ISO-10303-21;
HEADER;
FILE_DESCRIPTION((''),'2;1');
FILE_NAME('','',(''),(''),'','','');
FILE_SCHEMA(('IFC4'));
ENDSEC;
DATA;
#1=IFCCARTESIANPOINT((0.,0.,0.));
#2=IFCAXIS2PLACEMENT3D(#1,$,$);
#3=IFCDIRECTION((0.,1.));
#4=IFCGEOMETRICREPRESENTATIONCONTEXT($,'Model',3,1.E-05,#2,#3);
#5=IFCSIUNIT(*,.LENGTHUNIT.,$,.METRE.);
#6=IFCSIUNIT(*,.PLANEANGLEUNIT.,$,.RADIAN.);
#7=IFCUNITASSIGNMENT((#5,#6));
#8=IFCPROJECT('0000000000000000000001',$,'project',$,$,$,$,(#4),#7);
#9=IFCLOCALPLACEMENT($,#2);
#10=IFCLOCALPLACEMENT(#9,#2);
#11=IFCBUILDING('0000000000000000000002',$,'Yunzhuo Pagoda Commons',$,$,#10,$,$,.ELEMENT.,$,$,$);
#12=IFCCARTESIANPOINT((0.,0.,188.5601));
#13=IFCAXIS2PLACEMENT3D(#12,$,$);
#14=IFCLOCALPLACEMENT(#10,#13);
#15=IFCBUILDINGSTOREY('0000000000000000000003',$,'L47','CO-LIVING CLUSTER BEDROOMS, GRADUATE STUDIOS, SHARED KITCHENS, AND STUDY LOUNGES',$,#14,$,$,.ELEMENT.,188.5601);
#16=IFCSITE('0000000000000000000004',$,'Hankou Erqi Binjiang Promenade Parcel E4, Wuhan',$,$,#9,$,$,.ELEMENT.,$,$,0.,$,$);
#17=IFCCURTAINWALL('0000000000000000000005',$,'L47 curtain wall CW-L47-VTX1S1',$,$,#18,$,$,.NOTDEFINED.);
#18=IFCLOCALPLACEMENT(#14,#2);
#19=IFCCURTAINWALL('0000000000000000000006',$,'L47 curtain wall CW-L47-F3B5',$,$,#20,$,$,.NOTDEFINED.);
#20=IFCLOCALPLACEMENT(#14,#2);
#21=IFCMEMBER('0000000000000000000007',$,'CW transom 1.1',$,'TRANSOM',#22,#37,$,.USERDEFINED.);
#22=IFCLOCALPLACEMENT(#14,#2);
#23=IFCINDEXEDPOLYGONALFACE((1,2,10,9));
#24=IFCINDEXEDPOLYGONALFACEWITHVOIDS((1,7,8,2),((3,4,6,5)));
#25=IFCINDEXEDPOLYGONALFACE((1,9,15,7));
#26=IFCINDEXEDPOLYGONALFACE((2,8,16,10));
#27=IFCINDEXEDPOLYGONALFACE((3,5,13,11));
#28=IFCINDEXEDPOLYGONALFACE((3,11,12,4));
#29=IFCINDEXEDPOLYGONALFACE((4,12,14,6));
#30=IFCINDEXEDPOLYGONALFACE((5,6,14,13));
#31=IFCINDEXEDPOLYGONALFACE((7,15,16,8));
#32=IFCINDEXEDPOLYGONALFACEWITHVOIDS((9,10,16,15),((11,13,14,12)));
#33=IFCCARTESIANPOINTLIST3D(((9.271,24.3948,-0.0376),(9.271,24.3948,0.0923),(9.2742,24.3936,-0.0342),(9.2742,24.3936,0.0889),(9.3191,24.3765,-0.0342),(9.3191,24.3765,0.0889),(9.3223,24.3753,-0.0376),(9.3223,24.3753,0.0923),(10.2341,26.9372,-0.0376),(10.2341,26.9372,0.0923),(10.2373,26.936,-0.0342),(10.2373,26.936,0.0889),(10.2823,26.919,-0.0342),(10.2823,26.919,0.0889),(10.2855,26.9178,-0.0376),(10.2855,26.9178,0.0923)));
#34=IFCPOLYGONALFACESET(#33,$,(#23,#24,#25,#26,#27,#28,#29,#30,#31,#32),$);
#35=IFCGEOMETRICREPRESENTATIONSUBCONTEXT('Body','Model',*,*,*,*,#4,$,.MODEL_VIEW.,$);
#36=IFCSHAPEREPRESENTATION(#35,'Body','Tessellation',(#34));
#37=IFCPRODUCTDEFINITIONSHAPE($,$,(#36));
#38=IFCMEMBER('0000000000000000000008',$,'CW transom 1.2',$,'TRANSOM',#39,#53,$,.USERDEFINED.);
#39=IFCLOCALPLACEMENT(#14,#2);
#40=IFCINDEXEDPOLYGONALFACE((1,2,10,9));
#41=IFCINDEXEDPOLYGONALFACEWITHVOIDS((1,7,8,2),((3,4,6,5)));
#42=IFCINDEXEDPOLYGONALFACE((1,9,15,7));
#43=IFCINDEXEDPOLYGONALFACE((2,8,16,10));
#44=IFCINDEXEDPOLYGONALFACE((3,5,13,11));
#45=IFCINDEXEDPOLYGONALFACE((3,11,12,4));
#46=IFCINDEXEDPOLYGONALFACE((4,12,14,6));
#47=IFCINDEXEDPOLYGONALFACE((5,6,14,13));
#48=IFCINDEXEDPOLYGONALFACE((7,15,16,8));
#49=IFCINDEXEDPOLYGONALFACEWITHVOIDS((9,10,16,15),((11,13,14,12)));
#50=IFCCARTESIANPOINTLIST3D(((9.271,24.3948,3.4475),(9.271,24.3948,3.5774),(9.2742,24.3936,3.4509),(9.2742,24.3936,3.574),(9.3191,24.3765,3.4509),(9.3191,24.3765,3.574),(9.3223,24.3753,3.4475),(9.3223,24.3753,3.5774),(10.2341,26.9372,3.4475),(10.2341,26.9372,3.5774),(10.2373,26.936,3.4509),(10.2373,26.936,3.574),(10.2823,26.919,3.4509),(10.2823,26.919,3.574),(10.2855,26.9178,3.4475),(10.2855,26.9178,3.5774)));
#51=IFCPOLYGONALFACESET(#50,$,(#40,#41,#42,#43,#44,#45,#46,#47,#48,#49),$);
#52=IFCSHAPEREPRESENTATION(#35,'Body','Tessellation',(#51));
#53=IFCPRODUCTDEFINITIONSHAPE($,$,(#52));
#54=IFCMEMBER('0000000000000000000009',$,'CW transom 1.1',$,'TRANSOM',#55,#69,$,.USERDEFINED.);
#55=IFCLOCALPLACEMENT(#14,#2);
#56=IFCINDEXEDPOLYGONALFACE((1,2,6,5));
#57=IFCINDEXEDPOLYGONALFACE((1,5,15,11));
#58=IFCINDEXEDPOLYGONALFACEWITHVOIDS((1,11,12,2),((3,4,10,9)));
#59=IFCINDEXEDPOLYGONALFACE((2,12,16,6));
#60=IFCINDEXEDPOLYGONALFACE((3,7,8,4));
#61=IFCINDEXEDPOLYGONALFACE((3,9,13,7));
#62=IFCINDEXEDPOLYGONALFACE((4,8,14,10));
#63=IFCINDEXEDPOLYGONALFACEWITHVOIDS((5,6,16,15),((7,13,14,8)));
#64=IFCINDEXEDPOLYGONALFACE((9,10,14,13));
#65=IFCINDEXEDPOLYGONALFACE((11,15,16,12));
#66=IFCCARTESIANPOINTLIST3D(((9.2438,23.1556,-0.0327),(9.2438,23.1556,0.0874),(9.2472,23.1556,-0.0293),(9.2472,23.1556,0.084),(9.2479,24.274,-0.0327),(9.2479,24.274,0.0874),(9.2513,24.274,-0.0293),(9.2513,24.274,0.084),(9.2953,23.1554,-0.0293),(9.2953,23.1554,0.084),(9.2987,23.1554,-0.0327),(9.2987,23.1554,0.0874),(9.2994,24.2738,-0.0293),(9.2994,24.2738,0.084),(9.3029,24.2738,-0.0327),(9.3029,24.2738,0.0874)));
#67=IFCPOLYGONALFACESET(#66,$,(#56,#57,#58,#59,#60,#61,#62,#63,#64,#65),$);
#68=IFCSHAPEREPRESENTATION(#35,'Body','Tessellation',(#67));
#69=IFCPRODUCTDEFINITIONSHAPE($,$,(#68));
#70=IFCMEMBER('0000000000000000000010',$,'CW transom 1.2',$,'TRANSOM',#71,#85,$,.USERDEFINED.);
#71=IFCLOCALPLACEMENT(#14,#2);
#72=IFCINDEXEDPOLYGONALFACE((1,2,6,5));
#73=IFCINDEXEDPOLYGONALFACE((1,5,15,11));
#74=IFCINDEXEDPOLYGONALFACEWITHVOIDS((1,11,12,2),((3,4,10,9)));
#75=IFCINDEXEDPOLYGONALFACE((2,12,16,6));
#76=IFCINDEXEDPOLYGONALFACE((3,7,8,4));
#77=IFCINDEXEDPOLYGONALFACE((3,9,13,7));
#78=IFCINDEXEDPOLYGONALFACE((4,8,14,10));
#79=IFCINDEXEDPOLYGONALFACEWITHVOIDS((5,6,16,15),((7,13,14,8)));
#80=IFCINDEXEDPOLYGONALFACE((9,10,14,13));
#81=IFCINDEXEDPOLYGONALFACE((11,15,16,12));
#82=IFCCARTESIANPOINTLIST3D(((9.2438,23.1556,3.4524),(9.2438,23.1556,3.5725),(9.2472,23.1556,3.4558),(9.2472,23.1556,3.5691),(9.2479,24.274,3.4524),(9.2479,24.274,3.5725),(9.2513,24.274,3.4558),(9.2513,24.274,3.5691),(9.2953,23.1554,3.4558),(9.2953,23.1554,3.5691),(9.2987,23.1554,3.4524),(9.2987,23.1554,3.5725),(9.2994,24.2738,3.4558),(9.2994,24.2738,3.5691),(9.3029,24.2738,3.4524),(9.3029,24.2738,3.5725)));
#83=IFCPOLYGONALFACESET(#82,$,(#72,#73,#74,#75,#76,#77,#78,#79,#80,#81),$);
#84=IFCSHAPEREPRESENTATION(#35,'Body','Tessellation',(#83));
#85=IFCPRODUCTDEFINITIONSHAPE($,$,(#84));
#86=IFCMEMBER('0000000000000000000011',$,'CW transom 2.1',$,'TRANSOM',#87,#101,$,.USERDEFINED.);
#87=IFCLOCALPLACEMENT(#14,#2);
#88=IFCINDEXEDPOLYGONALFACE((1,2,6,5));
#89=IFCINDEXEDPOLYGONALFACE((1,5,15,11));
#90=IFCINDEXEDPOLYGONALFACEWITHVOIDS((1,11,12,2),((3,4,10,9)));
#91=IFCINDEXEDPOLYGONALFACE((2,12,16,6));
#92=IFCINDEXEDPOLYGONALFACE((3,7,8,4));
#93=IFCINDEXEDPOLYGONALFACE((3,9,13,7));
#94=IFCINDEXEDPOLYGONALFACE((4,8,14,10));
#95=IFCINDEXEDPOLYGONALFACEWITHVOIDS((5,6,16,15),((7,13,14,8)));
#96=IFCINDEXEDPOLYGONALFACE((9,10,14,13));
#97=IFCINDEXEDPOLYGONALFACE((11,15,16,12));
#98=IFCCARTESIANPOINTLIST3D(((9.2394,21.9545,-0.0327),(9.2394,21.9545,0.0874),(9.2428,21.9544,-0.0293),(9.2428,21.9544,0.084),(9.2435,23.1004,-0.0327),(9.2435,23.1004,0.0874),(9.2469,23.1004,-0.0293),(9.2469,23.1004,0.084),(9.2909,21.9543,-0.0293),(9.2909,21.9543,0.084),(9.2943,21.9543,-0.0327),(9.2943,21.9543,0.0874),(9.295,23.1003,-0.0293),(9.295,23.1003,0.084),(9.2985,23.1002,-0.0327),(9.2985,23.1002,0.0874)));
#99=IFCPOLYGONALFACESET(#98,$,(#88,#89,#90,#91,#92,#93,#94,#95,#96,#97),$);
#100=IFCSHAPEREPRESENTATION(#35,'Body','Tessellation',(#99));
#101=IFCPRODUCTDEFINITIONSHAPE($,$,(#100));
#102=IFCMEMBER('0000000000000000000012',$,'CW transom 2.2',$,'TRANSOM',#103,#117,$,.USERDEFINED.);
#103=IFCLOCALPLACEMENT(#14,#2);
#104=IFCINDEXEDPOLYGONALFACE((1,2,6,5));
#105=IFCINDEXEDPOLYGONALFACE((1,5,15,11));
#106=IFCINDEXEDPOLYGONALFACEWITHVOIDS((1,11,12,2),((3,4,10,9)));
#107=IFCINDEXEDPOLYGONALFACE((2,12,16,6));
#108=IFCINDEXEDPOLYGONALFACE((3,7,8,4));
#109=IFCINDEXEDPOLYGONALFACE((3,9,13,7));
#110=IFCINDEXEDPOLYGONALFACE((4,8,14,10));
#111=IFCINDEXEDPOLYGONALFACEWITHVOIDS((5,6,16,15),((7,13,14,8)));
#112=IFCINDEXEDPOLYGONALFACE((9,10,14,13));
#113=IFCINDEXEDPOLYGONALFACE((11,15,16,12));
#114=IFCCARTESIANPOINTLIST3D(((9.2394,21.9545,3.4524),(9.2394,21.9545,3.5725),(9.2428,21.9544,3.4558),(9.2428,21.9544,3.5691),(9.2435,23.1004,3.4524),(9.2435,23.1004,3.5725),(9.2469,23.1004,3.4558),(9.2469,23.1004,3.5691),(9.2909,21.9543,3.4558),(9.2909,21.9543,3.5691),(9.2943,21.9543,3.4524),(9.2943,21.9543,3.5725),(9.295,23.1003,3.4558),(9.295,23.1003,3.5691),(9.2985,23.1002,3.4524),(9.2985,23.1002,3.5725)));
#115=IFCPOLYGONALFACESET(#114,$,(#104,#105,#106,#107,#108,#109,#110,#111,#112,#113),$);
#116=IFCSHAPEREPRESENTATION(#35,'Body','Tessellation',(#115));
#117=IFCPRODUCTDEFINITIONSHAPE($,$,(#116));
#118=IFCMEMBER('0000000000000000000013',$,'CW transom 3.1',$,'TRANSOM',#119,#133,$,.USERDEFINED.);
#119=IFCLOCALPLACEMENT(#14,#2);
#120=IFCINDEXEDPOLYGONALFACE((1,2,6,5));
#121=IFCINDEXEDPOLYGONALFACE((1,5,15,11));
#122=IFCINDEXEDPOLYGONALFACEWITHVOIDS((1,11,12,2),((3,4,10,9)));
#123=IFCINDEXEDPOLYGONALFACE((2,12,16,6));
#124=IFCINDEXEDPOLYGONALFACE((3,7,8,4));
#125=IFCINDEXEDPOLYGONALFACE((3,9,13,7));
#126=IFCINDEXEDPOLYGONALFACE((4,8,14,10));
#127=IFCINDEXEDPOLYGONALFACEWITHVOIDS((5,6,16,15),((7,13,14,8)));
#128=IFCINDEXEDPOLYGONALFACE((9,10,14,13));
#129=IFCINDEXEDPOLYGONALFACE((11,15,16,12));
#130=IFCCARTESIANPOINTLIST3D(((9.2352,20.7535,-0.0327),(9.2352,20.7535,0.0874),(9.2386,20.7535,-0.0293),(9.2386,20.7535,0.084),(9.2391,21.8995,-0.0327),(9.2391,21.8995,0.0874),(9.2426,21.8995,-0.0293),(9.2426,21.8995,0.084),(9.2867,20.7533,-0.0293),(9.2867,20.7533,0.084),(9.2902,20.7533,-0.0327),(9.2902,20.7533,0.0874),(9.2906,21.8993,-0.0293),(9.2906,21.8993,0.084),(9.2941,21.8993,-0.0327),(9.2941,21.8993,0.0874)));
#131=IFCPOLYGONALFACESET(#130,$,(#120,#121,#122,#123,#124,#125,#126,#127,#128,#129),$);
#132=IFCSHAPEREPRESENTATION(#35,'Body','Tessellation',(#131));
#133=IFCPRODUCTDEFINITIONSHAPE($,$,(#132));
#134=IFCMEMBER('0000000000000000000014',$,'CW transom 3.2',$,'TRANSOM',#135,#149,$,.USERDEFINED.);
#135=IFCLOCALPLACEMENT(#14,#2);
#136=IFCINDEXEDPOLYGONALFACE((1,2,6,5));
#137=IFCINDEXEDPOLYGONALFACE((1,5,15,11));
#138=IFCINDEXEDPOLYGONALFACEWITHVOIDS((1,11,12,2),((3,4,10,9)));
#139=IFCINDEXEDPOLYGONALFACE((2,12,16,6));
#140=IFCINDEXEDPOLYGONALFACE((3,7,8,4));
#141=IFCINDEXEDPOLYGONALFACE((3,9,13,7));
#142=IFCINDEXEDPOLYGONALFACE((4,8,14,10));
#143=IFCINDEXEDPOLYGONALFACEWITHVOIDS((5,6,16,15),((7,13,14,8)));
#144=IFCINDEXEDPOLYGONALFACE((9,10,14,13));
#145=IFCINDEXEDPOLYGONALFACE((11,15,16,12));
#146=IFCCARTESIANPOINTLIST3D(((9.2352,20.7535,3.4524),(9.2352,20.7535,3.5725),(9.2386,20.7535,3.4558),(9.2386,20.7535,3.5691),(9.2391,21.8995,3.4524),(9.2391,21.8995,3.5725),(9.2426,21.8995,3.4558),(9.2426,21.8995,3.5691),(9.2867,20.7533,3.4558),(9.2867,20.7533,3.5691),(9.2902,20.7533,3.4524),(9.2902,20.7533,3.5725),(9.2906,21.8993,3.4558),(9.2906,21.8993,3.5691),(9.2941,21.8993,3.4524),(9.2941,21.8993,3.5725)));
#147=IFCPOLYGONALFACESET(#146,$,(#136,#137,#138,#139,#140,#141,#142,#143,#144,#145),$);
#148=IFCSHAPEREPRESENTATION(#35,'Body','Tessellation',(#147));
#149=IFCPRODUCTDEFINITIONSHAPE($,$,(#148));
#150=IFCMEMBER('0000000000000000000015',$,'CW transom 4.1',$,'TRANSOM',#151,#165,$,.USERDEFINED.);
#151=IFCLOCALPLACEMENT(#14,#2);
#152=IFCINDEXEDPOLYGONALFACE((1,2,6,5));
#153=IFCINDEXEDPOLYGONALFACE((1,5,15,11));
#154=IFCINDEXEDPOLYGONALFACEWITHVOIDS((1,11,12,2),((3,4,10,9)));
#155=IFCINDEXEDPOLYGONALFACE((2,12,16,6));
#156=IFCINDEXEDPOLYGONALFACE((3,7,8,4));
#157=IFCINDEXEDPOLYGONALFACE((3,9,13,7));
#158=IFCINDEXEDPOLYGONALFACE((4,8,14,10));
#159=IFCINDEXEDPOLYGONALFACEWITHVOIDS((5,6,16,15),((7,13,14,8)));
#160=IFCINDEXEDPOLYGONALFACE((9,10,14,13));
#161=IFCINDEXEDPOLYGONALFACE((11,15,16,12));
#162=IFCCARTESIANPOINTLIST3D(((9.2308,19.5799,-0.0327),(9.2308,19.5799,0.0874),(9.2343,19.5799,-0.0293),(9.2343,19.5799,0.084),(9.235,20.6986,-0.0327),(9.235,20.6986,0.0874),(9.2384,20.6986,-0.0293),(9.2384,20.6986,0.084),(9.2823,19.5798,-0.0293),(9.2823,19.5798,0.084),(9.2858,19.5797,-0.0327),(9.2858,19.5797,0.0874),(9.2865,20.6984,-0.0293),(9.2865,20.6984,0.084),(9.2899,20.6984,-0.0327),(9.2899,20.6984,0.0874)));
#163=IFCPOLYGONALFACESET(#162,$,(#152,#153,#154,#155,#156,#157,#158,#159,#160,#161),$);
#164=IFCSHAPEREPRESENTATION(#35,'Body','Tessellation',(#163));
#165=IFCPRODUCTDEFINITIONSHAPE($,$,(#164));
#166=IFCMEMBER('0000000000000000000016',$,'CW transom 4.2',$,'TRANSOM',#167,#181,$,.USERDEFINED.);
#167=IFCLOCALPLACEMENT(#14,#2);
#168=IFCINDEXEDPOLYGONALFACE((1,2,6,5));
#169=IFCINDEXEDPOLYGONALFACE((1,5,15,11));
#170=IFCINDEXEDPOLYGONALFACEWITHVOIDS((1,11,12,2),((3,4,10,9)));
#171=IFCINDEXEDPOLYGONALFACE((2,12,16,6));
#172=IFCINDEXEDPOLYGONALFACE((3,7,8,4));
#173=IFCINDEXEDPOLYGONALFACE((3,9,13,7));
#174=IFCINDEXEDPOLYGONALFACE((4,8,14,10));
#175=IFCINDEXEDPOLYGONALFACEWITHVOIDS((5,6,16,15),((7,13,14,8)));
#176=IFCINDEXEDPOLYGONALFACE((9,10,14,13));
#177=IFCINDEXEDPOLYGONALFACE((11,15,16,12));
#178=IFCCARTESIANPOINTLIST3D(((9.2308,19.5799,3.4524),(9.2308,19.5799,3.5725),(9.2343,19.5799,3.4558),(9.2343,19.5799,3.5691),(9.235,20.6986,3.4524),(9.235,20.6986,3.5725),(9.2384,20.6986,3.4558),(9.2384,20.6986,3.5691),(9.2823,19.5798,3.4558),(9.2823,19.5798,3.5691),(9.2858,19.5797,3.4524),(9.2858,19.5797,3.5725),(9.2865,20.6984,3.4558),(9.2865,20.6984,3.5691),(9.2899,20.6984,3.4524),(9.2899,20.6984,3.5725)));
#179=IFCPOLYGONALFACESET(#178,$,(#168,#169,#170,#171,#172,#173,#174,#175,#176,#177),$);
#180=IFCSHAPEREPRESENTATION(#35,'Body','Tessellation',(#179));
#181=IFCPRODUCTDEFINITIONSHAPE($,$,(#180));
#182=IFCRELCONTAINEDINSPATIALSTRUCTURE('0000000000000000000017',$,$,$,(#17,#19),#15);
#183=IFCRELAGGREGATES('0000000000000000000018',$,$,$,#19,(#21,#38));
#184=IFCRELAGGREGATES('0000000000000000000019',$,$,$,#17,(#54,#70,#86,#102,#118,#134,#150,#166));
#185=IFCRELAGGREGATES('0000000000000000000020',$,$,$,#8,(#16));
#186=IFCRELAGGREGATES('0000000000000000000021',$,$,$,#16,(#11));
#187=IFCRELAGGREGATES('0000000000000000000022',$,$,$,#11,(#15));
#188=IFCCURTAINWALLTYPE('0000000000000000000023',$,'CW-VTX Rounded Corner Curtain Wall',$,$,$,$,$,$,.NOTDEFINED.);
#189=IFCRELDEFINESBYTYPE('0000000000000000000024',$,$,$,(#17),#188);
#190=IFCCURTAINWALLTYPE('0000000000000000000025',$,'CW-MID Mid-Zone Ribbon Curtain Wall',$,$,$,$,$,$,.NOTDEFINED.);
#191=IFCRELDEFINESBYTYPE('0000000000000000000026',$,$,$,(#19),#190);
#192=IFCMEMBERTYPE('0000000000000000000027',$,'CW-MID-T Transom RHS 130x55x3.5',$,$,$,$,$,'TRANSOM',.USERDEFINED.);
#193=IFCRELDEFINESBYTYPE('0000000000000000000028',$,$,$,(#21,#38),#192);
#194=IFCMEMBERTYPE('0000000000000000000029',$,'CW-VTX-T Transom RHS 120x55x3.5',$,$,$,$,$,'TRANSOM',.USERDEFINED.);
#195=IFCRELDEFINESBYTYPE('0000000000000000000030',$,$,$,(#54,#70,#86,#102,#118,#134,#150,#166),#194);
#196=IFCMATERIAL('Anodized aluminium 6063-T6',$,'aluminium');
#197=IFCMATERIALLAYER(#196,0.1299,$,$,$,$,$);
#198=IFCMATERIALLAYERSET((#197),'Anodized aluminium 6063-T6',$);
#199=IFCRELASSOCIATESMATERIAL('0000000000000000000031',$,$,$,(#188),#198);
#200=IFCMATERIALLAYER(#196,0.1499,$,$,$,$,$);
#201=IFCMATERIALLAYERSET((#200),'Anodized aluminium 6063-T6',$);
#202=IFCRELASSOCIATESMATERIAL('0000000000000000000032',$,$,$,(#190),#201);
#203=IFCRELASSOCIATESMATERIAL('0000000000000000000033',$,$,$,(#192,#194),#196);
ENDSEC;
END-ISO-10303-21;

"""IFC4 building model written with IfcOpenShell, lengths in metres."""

from ifc_helpers import new_model, si_unit, direction, frame, origin, origin_2d, place, context, subcontext, project, spatial, hollow_rectangle, extrude, source, transform, mapped, material, layer, layer_set, material_profile, profile_set, type_object, element, aggregate, save


model = new_model("IFC4")

# Units and contexts
model_context = context("Model", 3, precision=1e-05, world=origin(), true_north=direction((0.0, 1.0)))
body_context = subcontext(model_context, "Body", "Model", "MODEL_VIEW")
ifc_project = project(units=[si_unit("LENGTHUNIT", "METRE"), si_unit("PLANEANGLEUNIT", "RADIAN")], contexts=[model_context])

# Site, building, storey
site_placement = place(None, origin())
site = spatial("IfcSite", under=ifc_project, at=site_placement, Name="Hankou Erqi Binjiang Promenade Parcel E4, Wuhan", CompositionType="ELEMENT", RefElevation=0.0)
building_placement = place(site_placement, origin())
building = spatial("IfcBuilding", under=site, at=building_placement, Name="Yunzhuo Pagoda Commons", CompositionType="ELEMENT")
storey_placement = place(building_placement, frame((0.0, 0.0, 188.5601)))
storey = spatial("IfcBuildingStorey", under=building, at=storey_placement, Name="L47", Description="CO-LIVING CLUSTER BEDROOMS, GRADUATE STUDIOS, SHARED KITCHENS, AND STUDY LOUNGES", CompositionType="ELEMENT", Elevation=188.5601)

# Curtain wall
ifc_material_1 = material(Name="Anodized aluminium 6063-T6", Category="aluminium")
ifc_layer_1 = layer(ifc_material_1, 0.1299)
ifc_layer_set_1 = layer_set([ifc_layer_1], Name="Anodized aluminium 6063-T6")
curtain_wall_type_1 = type_object("IfcCurtainWallType", Name="CW-VTX Rounded Corner Curtain Wall", PredefinedType="NOTDEFINED", material=ifc_layer_set_1)
curtain_wall_1_placement = place(storey_placement, origin())
curtain_wall_1 = element("IfcCurtainWall", 1, at=curtain_wall_1_placement, inside=storey, type_object=curtain_wall_type_1, Name="L47 curtain wall CW-L47-VTX1S1", PredefinedType="NOTDEFINED")

# Shared definitions
ifc_layer_2 = layer(ifc_material_1, 0.1499)
ifc_layer_set_2 = layer_set([ifc_layer_2], Name="Anodized aluminium 6063-T6")
curtain_wall_type_2 = type_object("IfcCurtainWallType", Name="CW-MID Mid-Zone Ribbon Curtain Wall", PredefinedType="NOTDEFINED", material=ifc_layer_set_2)

# Curtain wall, members
curtain_wall_2_placement = place(storey_placement, origin())
curtain_wall_2 = element("IfcCurtainWall", 2, at=curtain_wall_2_placement, inside=storey, type_object=curtain_wall_type_2, Name="L47 curtain wall CW-L47-F3B5", PredefinedType="NOTDEFINED")
ifc_material_profile_1 = material_profile(ifc_material_1, hollow_rectangle(XDim=0.0549, YDim=0.1299, WallThickness=0.0034, at=origin_2d()), Name="Anodized aluminium 6063-T6")
ifc_profile_set_1 = profile_set([ifc_material_profile_1], Name="Anodized aluminium 6063-T6")
member_type_1 = type_object("IfcMemberType", Name="CW-MID-T Transom RHS 130x55x3.5", ElementType="TRANSOM", PredefinedType="USERDEFINED", material=ifc_profile_set_1)
shared_shape_1 = source(origin(), body_context, "Body", "SweptSolid", [
    extrude(hollow_rectangle(XDim=0.0549, YDim=0.1299, WallThickness=0.0034, at=origin_2d()), origin(), (0.0, 0.0, 1.0), 2.7188),
])
member_1_placement = place(storey_placement, frame((10.2598, 26.9275, 0.0273), z_axis=(-0.354251, -0.93515, 0.0), x_axis=(0.93515, -0.354251, 0.0)))
member_1 = element("IfcMember", 3, at=member_1_placement, type_object=member_type_1, Name="CW transom 1.1", ObjectType="TRANSOM", PredefinedType="USERDEFINED", context=body_context, shape_type="MappedRepresentation", body=[
    mapped(shared_shape_1, transform((0.0, 0.0, 0.0), scale=1.0)),
])
member_2_placement = place(storey_placement, frame((10.2598, 26.9275, 3.5125), z_axis=(-0.354251, -0.93515, 0.0), x_axis=(0.93515, -0.354251, 0.0)))
member_2 = element("IfcMember", 4, at=member_2_placement, type_object=member_type_1, Name="CW transom 1.2", ObjectType="TRANSOM", PredefinedType="USERDEFINED", context=body_context, shape_type="MappedRepresentation", body=[
    mapped(shared_shape_1, transform((0.0, 0.0, 0.0), scale=1.0)),
])

# Members
ifc_material_profile_2 = material_profile(ifc_material_1, hollow_rectangle(XDim=0.0549, YDim=0.1201, WallThickness=0.0034, at=origin_2d()), Name="Anodized aluminium 6063-T6")
ifc_profile_set_2 = profile_set([ifc_material_profile_2], Name="Anodized aluminium 6063-T6")
member_type_2 = type_object("IfcMemberType", Name="CW-VTX-T Transom RHS 120x55x3.5", ElementType="TRANSOM", PredefinedType="USERDEFINED", material=ifc_profile_set_2)
shared_shape_2 = source(origin(), body_context, "Body", "SweptSolid", [
    extrude(hollow_rectangle(XDim=0.0549, YDim=0.1201, WallThickness=0.0034, at=origin_2d()), origin(), (0.0, 0.0, 1.0), 1.1184),
])
member_3_placement = place(storey_placement, frame((9.2754, 24.2739, 0.0273), z_axis=(-0.003711, -0.999993, 0.0), x_axis=(0.999993, -0.003711, 0.0)))
member_3 = element("IfcMember", 5, at=member_3_placement, type_object=member_type_2, Name="CW transom 1.1", ObjectType="TRANSOM", PredefinedType="USERDEFINED", context=body_context, shape_type="MappedRepresentation", body=[
    mapped(shared_shape_2, transform((0.0, 0.0, 0.0), scale=1.0)),
])
member_4_placement = place(storey_placement, frame((9.2754, 24.2739, 3.5125), z_axis=(-0.003711, -0.999993, 0.0), x_axis=(0.999993, -0.003711, 0.0)))
member_4 = element("IfcMember", 6, at=member_4_placement, type_object=member_type_2, Name="CW transom 1.2", ObjectType="TRANSOM", PredefinedType="USERDEFINED", context=body_context, shape_type="MappedRepresentation", body=[
    mapped(shared_shape_2, transform((0.0, 0.0, 0.0), scale=1.0)),
])
shared_shape_3 = source(origin(), body_context, "Body", "SweptSolid", [
    extrude(hollow_rectangle(XDim=0.0549, YDim=0.1201, WallThickness=0.0034, at=origin_2d()), origin(), (0.0, 0.0, 1.0), 1.146),
])
member_5_placement = place(storey_placement, frame((9.271, 23.1003, 0.0273), z_axis=(-0.003622, -0.999993, 0.0), x_axis=(0.999993, -0.003622, 0.0)))
member_5 = element("IfcMember", 7, at=member_5_placement, type_object=member_type_2, Name="CW transom 2.1", ObjectType="TRANSOM", PredefinedType="USERDEFINED", context=body_context, shape_type="MappedRepresentation", body=[
    mapped(shared_shape_3, transform((0.0, 0.0, 0.0), scale=1.0)),
])
member_6_placement = place(storey_placement, frame((9.271, 23.1003, 3.5125), z_axis=(-0.003622, -0.999993, 0.0), x_axis=(0.999993, -0.003622, 0.0)))
member_6 = element("IfcMember", 8, at=member_6_placement, type_object=member_type_2, Name="CW transom 2.2", ObjectType="TRANSOM", PredefinedType="USERDEFINED", context=body_context, shape_type="MappedRepresentation", body=[
    mapped(shared_shape_3, transform((0.0, 0.0, 0.0), scale=1.0)),
])
member_7_placement = place(storey_placement, frame((9.2666, 21.8994, 0.0273), z_axis=(-0.003409, -0.999994, 0.0), x_axis=(0.999994, -0.003409, 0.0)))
member_7 = element("IfcMember", 9, at=member_7_placement, type_object=member_type_2, Name="CW transom 3.1", ObjectType="TRANSOM", PredefinedType="USERDEFINED", context=body_context, shape_type="MappedRepresentation", body=[
    mapped(shared_shape_3, transform((0.0, 0.0, 0.0), scale=1.0)),
])
member_8_placement = place(storey_placement, frame((9.2666, 21.8994, 3.5125), z_axis=(-0.003409, -0.999994, 0.0), x_axis=(0.999994, -0.003409, 0.0)))
member_8 = element("IfcMember", 10, at=member_8_placement, type_object=member_type_2, Name="CW transom 3.2", ObjectType="TRANSOM", PredefinedType="USERDEFINED", context=body_context, shape_type="MappedRepresentation", body=[
    mapped(shared_shape_3, transform((0.0, 0.0, 0.0), scale=1.0)),
])
shared_shape_4 = source(origin(), body_context, "Body", "SweptSolid", [
    extrude(hollow_rectangle(XDim=0.0549, YDim=0.1201, WallThickness=0.0034, at=origin_2d()), origin(), (0.0, 0.0, 1.0), 1.1187),
])
member_9_placement = place(storey_placement, frame((9.2625, 20.6985, 0.0273), z_axis=(-0.00371, -0.999993, 0.0), x_axis=(0.999993, -0.00371, 0.0)))
member_9 = element("IfcMember", 11, at=member_9_placement, type_object=member_type_2, Name="CW transom 4.1", ObjectType="TRANSOM", PredefinedType="USERDEFINED", context=body_context, shape_type="MappedRepresentation", body=[
    mapped(shared_shape_4, transform((0.0, 0.0, 0.0), scale=1.0)),
])
member_10_placement = place(storey_placement, frame((9.2625, 20.6985, 3.5125), z_axis=(-0.00371, -0.999993, 0.0), x_axis=(0.999993, -0.00371, 0.0)))
member_10 = element("IfcMember", 12, at=member_10_placement, type_object=member_type_2, Name="CW transom 4.2", ObjectType="TRANSOM", PredefinedType="USERDEFINED", context=body_context, shape_type="MappedRepresentation", body=[
    mapped(shared_shape_4, transform((0.0, 0.0, 0.0), scale=1.0)),
])

aggregate(curtain_wall_2, [member_1, member_2])
aggregate(curtain_wall_1, [member_3, member_4, member_5, member_6, member_7, member_8, member_9, member_10])

save(model, "model.ifc")
